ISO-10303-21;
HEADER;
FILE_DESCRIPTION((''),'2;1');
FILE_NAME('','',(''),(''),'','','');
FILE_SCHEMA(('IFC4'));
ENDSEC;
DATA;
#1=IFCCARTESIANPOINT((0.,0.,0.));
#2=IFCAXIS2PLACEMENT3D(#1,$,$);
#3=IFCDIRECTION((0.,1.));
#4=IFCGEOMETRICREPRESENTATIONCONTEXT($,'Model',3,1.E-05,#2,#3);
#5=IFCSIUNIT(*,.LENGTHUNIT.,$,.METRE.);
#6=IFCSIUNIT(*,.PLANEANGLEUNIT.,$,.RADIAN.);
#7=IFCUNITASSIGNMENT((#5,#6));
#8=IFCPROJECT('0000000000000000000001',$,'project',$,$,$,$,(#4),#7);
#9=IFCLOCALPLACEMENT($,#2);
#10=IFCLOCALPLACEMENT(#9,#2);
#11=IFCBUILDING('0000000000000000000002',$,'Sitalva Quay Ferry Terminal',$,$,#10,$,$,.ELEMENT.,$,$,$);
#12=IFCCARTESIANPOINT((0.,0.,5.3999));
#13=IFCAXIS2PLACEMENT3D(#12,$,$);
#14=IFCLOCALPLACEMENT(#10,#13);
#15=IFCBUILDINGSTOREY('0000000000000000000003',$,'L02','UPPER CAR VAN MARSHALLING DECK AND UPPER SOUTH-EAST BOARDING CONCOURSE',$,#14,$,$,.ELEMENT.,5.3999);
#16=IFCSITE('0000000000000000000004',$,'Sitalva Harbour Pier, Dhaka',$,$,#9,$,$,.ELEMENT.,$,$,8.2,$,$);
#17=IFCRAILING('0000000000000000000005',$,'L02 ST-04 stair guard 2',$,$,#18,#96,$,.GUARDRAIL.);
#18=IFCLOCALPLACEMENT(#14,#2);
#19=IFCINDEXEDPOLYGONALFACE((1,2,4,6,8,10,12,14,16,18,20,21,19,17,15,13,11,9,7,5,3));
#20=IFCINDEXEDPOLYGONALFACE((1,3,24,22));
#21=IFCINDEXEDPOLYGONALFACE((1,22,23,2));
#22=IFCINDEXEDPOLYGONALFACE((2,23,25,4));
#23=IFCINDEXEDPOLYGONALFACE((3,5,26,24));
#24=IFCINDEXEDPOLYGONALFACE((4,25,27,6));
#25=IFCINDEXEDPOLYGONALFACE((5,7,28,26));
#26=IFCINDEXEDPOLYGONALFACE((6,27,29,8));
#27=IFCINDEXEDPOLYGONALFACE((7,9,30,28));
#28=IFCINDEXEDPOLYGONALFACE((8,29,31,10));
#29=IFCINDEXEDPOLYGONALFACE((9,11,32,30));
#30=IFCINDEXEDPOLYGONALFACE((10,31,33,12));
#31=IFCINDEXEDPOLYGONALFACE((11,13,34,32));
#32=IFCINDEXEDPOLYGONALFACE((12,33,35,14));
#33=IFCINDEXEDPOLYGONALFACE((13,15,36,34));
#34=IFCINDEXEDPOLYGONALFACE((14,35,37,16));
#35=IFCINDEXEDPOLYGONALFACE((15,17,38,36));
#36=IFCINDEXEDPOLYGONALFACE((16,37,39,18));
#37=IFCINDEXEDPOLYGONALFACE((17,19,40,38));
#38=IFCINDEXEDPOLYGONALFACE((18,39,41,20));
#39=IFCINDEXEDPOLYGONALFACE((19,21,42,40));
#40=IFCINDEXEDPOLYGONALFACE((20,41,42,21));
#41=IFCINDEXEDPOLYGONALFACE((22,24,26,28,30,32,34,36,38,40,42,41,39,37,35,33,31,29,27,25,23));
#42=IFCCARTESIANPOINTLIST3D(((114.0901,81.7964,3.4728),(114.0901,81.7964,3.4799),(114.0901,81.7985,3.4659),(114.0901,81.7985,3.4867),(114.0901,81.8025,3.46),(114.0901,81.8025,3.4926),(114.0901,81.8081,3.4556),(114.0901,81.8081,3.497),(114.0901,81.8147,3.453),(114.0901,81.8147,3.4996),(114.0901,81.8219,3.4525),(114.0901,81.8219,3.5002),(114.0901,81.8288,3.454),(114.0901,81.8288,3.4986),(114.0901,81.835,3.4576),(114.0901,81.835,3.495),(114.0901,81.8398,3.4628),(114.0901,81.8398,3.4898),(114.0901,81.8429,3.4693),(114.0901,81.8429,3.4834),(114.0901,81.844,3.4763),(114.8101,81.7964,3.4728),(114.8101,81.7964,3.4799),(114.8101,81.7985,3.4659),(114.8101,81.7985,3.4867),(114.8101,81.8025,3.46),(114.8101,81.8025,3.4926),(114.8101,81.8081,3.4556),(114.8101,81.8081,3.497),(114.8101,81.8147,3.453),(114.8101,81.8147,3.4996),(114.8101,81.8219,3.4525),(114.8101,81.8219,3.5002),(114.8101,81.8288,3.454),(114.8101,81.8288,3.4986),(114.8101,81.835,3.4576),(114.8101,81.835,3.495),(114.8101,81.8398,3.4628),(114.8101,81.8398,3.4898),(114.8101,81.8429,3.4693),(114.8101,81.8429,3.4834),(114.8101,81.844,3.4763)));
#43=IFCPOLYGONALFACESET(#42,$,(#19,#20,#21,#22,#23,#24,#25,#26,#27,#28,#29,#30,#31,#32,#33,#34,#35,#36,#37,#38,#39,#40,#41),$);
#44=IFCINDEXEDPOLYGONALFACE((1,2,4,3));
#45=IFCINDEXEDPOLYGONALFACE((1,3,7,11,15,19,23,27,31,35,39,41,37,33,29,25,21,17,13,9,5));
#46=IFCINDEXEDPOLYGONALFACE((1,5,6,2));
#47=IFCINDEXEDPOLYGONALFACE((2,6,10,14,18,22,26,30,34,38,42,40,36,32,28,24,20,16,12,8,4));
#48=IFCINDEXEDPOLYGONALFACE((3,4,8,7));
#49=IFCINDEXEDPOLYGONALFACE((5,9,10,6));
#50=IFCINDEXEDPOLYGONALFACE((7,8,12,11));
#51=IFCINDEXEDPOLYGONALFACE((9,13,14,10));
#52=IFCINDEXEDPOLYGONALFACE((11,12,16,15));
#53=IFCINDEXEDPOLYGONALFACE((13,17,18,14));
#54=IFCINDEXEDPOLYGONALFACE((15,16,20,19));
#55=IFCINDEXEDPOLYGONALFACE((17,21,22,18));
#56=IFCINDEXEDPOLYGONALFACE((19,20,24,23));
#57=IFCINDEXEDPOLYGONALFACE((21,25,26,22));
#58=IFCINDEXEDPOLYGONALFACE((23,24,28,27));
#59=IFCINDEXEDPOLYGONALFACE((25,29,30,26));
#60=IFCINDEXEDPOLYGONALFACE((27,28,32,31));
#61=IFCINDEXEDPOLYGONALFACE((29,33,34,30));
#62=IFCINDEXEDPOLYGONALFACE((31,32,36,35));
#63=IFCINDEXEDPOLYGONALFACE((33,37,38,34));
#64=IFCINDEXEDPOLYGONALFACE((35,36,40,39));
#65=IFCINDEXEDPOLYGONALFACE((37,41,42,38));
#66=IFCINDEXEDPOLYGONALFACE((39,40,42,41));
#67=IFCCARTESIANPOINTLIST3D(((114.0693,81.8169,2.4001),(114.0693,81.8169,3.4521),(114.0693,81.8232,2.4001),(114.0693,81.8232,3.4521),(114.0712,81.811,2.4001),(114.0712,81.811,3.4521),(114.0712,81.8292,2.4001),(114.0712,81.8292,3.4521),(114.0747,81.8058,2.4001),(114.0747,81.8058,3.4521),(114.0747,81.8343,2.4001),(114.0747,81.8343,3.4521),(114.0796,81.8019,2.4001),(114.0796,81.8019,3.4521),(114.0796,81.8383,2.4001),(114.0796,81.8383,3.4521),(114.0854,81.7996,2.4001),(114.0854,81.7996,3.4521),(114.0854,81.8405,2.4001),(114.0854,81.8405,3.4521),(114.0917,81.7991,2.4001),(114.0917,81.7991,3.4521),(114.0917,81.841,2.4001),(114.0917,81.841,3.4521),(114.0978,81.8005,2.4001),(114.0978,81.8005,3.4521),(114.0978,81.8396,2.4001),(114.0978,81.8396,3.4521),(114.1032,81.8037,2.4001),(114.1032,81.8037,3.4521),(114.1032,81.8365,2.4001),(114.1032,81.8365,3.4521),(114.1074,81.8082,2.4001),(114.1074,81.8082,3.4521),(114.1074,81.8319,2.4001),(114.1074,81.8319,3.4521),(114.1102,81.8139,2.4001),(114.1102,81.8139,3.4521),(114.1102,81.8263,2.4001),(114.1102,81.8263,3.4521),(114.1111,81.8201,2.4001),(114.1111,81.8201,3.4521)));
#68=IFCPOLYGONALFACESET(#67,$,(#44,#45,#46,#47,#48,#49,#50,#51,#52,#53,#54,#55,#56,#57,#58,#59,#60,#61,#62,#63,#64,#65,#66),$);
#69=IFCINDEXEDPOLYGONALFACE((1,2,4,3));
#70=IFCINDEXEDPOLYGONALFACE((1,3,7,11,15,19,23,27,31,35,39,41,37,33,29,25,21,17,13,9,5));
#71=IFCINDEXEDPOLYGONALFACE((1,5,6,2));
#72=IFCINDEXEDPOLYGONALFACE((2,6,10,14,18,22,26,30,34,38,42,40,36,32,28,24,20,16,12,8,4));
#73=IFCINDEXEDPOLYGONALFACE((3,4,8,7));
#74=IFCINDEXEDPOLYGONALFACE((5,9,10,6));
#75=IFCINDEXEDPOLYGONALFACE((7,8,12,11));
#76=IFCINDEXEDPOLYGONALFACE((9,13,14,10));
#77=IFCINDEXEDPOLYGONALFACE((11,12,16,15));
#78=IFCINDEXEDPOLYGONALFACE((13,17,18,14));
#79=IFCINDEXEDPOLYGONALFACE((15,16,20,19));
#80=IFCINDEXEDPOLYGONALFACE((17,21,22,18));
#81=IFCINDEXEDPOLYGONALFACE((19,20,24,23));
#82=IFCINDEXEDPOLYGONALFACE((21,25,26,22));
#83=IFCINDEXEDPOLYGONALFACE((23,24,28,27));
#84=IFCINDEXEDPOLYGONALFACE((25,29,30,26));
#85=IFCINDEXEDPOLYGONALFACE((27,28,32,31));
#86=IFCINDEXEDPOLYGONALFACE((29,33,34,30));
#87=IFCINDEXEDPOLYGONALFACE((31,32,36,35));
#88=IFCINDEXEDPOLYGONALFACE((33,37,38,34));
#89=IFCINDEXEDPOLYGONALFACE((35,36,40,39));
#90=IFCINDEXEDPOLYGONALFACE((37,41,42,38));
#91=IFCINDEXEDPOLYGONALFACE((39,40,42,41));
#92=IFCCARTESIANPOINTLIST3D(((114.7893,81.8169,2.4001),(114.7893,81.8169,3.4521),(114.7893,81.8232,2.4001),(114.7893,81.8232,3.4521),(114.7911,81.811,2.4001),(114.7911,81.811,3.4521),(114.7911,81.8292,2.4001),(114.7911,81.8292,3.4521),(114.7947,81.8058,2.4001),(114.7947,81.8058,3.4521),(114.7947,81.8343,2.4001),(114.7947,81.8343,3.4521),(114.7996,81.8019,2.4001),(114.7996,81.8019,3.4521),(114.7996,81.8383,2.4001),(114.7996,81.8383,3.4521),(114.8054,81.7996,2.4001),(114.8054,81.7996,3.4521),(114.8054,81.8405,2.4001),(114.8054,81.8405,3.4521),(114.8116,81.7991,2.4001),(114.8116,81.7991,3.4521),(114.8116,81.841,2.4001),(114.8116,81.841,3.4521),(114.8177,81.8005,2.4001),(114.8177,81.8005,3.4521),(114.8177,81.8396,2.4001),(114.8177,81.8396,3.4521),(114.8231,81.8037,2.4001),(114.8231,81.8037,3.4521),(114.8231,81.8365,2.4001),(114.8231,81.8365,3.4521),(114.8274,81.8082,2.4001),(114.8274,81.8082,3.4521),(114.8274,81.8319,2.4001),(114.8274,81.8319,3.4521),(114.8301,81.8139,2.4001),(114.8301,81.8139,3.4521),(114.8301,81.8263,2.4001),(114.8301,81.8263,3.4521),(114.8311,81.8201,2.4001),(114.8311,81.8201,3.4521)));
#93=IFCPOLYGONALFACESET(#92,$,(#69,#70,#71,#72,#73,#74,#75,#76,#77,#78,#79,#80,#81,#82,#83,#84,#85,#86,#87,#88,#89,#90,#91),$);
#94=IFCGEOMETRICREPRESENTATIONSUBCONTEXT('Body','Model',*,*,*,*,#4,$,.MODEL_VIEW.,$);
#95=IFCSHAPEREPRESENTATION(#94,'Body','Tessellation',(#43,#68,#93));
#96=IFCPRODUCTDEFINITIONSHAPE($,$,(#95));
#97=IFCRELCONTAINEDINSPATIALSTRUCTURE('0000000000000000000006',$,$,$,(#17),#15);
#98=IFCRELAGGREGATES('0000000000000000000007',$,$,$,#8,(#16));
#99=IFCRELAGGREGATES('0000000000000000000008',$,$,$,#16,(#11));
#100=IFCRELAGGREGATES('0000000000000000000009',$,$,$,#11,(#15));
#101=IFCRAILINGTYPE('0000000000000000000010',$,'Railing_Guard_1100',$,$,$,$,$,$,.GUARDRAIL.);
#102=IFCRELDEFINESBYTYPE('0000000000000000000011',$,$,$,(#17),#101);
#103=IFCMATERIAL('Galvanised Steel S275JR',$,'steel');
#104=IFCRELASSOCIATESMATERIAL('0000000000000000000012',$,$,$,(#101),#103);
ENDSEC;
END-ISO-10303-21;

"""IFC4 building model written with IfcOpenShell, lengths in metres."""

from ifc_helpers import new_model, si_unit, direction, frame, origin, origin_2d, place, context, subcontext, project, spatial, circle, extrude, material, type_object, element, save


model = new_model("IFC4")

# Units and contexts
model_context = context("Model", 3, precision=1e-05, world=origin(), true_north=direction((0.0, 1.0)))
body_context = subcontext(model_context, "Body", "Model", "MODEL_VIEW")
ifc_project = project(units=[si_unit("LENGTHUNIT", "METRE"), si_unit("PLANEANGLEUNIT", "RADIAN")], contexts=[model_context])

# Site, building, storey
site_placement = place(None, origin())
site = spatial("IfcSite", under=ifc_project, at=site_placement, Name="Sitalva Harbour Pier, Dhaka", CompositionType="ELEMENT", RefElevation=8.2)
building_placement = place(site_placement, origin())
building = spatial("IfcBuilding", under=site, at=building_placement, Name="Sitalva Quay Ferry Terminal", CompositionType="ELEMENT")
storey_placement = place(building_placement, frame((0.0, 0.0, 5.3999)))
storey = spatial("IfcBuildingStorey", under=building, at=storey_placement, Name="L02", Description="UPPER CAR VAN MARSHALLING DECK AND UPPER SOUTH-EAST BOARDING CONCOURSE", CompositionType="ELEMENT", Elevation=5.3999)

# Railing
ifc_material_1 = material(Name="Galvanised Steel S275JR", Category="steel")
railing_type_1 = type_object("IfcRailingType", Name="Railing_Guard_1100", PredefinedType="GUARDRAIL", material=ifc_material_1)
railing_1_placement = place(storey_placement, frame((114.0901, 81.8201, 2.4001)))
element("IfcRailing", 1, at=railing_1_placement, inside=storey, type_object=railing_type_1, Name="L02 ST-04 stair guard 2", PredefinedType="GUARDRAIL", context=body_context, shape_type="SweptSolid", body=[
    extrude(circle(Radius=0.0239, at=origin_2d()), frame((0.0, 0.0, 1.0762), z_axis=(1.0, 0.0, 0.0), x_axis=(0.0, 1.0, 0.0)), (0.0, 0.0, 1.0), 0.72),
    extrude(circle(Radius=0.021, at=origin_2d()), origin(), (0.0, 0.0, 1.0), 1.052),
    extrude(circle(Radius=0.021, at=origin_2d()), frame((0.72, 0.0, 0.0)), (0.0, 0.0, 1.0), 1.052),
])

save(model, "model.ifc")
